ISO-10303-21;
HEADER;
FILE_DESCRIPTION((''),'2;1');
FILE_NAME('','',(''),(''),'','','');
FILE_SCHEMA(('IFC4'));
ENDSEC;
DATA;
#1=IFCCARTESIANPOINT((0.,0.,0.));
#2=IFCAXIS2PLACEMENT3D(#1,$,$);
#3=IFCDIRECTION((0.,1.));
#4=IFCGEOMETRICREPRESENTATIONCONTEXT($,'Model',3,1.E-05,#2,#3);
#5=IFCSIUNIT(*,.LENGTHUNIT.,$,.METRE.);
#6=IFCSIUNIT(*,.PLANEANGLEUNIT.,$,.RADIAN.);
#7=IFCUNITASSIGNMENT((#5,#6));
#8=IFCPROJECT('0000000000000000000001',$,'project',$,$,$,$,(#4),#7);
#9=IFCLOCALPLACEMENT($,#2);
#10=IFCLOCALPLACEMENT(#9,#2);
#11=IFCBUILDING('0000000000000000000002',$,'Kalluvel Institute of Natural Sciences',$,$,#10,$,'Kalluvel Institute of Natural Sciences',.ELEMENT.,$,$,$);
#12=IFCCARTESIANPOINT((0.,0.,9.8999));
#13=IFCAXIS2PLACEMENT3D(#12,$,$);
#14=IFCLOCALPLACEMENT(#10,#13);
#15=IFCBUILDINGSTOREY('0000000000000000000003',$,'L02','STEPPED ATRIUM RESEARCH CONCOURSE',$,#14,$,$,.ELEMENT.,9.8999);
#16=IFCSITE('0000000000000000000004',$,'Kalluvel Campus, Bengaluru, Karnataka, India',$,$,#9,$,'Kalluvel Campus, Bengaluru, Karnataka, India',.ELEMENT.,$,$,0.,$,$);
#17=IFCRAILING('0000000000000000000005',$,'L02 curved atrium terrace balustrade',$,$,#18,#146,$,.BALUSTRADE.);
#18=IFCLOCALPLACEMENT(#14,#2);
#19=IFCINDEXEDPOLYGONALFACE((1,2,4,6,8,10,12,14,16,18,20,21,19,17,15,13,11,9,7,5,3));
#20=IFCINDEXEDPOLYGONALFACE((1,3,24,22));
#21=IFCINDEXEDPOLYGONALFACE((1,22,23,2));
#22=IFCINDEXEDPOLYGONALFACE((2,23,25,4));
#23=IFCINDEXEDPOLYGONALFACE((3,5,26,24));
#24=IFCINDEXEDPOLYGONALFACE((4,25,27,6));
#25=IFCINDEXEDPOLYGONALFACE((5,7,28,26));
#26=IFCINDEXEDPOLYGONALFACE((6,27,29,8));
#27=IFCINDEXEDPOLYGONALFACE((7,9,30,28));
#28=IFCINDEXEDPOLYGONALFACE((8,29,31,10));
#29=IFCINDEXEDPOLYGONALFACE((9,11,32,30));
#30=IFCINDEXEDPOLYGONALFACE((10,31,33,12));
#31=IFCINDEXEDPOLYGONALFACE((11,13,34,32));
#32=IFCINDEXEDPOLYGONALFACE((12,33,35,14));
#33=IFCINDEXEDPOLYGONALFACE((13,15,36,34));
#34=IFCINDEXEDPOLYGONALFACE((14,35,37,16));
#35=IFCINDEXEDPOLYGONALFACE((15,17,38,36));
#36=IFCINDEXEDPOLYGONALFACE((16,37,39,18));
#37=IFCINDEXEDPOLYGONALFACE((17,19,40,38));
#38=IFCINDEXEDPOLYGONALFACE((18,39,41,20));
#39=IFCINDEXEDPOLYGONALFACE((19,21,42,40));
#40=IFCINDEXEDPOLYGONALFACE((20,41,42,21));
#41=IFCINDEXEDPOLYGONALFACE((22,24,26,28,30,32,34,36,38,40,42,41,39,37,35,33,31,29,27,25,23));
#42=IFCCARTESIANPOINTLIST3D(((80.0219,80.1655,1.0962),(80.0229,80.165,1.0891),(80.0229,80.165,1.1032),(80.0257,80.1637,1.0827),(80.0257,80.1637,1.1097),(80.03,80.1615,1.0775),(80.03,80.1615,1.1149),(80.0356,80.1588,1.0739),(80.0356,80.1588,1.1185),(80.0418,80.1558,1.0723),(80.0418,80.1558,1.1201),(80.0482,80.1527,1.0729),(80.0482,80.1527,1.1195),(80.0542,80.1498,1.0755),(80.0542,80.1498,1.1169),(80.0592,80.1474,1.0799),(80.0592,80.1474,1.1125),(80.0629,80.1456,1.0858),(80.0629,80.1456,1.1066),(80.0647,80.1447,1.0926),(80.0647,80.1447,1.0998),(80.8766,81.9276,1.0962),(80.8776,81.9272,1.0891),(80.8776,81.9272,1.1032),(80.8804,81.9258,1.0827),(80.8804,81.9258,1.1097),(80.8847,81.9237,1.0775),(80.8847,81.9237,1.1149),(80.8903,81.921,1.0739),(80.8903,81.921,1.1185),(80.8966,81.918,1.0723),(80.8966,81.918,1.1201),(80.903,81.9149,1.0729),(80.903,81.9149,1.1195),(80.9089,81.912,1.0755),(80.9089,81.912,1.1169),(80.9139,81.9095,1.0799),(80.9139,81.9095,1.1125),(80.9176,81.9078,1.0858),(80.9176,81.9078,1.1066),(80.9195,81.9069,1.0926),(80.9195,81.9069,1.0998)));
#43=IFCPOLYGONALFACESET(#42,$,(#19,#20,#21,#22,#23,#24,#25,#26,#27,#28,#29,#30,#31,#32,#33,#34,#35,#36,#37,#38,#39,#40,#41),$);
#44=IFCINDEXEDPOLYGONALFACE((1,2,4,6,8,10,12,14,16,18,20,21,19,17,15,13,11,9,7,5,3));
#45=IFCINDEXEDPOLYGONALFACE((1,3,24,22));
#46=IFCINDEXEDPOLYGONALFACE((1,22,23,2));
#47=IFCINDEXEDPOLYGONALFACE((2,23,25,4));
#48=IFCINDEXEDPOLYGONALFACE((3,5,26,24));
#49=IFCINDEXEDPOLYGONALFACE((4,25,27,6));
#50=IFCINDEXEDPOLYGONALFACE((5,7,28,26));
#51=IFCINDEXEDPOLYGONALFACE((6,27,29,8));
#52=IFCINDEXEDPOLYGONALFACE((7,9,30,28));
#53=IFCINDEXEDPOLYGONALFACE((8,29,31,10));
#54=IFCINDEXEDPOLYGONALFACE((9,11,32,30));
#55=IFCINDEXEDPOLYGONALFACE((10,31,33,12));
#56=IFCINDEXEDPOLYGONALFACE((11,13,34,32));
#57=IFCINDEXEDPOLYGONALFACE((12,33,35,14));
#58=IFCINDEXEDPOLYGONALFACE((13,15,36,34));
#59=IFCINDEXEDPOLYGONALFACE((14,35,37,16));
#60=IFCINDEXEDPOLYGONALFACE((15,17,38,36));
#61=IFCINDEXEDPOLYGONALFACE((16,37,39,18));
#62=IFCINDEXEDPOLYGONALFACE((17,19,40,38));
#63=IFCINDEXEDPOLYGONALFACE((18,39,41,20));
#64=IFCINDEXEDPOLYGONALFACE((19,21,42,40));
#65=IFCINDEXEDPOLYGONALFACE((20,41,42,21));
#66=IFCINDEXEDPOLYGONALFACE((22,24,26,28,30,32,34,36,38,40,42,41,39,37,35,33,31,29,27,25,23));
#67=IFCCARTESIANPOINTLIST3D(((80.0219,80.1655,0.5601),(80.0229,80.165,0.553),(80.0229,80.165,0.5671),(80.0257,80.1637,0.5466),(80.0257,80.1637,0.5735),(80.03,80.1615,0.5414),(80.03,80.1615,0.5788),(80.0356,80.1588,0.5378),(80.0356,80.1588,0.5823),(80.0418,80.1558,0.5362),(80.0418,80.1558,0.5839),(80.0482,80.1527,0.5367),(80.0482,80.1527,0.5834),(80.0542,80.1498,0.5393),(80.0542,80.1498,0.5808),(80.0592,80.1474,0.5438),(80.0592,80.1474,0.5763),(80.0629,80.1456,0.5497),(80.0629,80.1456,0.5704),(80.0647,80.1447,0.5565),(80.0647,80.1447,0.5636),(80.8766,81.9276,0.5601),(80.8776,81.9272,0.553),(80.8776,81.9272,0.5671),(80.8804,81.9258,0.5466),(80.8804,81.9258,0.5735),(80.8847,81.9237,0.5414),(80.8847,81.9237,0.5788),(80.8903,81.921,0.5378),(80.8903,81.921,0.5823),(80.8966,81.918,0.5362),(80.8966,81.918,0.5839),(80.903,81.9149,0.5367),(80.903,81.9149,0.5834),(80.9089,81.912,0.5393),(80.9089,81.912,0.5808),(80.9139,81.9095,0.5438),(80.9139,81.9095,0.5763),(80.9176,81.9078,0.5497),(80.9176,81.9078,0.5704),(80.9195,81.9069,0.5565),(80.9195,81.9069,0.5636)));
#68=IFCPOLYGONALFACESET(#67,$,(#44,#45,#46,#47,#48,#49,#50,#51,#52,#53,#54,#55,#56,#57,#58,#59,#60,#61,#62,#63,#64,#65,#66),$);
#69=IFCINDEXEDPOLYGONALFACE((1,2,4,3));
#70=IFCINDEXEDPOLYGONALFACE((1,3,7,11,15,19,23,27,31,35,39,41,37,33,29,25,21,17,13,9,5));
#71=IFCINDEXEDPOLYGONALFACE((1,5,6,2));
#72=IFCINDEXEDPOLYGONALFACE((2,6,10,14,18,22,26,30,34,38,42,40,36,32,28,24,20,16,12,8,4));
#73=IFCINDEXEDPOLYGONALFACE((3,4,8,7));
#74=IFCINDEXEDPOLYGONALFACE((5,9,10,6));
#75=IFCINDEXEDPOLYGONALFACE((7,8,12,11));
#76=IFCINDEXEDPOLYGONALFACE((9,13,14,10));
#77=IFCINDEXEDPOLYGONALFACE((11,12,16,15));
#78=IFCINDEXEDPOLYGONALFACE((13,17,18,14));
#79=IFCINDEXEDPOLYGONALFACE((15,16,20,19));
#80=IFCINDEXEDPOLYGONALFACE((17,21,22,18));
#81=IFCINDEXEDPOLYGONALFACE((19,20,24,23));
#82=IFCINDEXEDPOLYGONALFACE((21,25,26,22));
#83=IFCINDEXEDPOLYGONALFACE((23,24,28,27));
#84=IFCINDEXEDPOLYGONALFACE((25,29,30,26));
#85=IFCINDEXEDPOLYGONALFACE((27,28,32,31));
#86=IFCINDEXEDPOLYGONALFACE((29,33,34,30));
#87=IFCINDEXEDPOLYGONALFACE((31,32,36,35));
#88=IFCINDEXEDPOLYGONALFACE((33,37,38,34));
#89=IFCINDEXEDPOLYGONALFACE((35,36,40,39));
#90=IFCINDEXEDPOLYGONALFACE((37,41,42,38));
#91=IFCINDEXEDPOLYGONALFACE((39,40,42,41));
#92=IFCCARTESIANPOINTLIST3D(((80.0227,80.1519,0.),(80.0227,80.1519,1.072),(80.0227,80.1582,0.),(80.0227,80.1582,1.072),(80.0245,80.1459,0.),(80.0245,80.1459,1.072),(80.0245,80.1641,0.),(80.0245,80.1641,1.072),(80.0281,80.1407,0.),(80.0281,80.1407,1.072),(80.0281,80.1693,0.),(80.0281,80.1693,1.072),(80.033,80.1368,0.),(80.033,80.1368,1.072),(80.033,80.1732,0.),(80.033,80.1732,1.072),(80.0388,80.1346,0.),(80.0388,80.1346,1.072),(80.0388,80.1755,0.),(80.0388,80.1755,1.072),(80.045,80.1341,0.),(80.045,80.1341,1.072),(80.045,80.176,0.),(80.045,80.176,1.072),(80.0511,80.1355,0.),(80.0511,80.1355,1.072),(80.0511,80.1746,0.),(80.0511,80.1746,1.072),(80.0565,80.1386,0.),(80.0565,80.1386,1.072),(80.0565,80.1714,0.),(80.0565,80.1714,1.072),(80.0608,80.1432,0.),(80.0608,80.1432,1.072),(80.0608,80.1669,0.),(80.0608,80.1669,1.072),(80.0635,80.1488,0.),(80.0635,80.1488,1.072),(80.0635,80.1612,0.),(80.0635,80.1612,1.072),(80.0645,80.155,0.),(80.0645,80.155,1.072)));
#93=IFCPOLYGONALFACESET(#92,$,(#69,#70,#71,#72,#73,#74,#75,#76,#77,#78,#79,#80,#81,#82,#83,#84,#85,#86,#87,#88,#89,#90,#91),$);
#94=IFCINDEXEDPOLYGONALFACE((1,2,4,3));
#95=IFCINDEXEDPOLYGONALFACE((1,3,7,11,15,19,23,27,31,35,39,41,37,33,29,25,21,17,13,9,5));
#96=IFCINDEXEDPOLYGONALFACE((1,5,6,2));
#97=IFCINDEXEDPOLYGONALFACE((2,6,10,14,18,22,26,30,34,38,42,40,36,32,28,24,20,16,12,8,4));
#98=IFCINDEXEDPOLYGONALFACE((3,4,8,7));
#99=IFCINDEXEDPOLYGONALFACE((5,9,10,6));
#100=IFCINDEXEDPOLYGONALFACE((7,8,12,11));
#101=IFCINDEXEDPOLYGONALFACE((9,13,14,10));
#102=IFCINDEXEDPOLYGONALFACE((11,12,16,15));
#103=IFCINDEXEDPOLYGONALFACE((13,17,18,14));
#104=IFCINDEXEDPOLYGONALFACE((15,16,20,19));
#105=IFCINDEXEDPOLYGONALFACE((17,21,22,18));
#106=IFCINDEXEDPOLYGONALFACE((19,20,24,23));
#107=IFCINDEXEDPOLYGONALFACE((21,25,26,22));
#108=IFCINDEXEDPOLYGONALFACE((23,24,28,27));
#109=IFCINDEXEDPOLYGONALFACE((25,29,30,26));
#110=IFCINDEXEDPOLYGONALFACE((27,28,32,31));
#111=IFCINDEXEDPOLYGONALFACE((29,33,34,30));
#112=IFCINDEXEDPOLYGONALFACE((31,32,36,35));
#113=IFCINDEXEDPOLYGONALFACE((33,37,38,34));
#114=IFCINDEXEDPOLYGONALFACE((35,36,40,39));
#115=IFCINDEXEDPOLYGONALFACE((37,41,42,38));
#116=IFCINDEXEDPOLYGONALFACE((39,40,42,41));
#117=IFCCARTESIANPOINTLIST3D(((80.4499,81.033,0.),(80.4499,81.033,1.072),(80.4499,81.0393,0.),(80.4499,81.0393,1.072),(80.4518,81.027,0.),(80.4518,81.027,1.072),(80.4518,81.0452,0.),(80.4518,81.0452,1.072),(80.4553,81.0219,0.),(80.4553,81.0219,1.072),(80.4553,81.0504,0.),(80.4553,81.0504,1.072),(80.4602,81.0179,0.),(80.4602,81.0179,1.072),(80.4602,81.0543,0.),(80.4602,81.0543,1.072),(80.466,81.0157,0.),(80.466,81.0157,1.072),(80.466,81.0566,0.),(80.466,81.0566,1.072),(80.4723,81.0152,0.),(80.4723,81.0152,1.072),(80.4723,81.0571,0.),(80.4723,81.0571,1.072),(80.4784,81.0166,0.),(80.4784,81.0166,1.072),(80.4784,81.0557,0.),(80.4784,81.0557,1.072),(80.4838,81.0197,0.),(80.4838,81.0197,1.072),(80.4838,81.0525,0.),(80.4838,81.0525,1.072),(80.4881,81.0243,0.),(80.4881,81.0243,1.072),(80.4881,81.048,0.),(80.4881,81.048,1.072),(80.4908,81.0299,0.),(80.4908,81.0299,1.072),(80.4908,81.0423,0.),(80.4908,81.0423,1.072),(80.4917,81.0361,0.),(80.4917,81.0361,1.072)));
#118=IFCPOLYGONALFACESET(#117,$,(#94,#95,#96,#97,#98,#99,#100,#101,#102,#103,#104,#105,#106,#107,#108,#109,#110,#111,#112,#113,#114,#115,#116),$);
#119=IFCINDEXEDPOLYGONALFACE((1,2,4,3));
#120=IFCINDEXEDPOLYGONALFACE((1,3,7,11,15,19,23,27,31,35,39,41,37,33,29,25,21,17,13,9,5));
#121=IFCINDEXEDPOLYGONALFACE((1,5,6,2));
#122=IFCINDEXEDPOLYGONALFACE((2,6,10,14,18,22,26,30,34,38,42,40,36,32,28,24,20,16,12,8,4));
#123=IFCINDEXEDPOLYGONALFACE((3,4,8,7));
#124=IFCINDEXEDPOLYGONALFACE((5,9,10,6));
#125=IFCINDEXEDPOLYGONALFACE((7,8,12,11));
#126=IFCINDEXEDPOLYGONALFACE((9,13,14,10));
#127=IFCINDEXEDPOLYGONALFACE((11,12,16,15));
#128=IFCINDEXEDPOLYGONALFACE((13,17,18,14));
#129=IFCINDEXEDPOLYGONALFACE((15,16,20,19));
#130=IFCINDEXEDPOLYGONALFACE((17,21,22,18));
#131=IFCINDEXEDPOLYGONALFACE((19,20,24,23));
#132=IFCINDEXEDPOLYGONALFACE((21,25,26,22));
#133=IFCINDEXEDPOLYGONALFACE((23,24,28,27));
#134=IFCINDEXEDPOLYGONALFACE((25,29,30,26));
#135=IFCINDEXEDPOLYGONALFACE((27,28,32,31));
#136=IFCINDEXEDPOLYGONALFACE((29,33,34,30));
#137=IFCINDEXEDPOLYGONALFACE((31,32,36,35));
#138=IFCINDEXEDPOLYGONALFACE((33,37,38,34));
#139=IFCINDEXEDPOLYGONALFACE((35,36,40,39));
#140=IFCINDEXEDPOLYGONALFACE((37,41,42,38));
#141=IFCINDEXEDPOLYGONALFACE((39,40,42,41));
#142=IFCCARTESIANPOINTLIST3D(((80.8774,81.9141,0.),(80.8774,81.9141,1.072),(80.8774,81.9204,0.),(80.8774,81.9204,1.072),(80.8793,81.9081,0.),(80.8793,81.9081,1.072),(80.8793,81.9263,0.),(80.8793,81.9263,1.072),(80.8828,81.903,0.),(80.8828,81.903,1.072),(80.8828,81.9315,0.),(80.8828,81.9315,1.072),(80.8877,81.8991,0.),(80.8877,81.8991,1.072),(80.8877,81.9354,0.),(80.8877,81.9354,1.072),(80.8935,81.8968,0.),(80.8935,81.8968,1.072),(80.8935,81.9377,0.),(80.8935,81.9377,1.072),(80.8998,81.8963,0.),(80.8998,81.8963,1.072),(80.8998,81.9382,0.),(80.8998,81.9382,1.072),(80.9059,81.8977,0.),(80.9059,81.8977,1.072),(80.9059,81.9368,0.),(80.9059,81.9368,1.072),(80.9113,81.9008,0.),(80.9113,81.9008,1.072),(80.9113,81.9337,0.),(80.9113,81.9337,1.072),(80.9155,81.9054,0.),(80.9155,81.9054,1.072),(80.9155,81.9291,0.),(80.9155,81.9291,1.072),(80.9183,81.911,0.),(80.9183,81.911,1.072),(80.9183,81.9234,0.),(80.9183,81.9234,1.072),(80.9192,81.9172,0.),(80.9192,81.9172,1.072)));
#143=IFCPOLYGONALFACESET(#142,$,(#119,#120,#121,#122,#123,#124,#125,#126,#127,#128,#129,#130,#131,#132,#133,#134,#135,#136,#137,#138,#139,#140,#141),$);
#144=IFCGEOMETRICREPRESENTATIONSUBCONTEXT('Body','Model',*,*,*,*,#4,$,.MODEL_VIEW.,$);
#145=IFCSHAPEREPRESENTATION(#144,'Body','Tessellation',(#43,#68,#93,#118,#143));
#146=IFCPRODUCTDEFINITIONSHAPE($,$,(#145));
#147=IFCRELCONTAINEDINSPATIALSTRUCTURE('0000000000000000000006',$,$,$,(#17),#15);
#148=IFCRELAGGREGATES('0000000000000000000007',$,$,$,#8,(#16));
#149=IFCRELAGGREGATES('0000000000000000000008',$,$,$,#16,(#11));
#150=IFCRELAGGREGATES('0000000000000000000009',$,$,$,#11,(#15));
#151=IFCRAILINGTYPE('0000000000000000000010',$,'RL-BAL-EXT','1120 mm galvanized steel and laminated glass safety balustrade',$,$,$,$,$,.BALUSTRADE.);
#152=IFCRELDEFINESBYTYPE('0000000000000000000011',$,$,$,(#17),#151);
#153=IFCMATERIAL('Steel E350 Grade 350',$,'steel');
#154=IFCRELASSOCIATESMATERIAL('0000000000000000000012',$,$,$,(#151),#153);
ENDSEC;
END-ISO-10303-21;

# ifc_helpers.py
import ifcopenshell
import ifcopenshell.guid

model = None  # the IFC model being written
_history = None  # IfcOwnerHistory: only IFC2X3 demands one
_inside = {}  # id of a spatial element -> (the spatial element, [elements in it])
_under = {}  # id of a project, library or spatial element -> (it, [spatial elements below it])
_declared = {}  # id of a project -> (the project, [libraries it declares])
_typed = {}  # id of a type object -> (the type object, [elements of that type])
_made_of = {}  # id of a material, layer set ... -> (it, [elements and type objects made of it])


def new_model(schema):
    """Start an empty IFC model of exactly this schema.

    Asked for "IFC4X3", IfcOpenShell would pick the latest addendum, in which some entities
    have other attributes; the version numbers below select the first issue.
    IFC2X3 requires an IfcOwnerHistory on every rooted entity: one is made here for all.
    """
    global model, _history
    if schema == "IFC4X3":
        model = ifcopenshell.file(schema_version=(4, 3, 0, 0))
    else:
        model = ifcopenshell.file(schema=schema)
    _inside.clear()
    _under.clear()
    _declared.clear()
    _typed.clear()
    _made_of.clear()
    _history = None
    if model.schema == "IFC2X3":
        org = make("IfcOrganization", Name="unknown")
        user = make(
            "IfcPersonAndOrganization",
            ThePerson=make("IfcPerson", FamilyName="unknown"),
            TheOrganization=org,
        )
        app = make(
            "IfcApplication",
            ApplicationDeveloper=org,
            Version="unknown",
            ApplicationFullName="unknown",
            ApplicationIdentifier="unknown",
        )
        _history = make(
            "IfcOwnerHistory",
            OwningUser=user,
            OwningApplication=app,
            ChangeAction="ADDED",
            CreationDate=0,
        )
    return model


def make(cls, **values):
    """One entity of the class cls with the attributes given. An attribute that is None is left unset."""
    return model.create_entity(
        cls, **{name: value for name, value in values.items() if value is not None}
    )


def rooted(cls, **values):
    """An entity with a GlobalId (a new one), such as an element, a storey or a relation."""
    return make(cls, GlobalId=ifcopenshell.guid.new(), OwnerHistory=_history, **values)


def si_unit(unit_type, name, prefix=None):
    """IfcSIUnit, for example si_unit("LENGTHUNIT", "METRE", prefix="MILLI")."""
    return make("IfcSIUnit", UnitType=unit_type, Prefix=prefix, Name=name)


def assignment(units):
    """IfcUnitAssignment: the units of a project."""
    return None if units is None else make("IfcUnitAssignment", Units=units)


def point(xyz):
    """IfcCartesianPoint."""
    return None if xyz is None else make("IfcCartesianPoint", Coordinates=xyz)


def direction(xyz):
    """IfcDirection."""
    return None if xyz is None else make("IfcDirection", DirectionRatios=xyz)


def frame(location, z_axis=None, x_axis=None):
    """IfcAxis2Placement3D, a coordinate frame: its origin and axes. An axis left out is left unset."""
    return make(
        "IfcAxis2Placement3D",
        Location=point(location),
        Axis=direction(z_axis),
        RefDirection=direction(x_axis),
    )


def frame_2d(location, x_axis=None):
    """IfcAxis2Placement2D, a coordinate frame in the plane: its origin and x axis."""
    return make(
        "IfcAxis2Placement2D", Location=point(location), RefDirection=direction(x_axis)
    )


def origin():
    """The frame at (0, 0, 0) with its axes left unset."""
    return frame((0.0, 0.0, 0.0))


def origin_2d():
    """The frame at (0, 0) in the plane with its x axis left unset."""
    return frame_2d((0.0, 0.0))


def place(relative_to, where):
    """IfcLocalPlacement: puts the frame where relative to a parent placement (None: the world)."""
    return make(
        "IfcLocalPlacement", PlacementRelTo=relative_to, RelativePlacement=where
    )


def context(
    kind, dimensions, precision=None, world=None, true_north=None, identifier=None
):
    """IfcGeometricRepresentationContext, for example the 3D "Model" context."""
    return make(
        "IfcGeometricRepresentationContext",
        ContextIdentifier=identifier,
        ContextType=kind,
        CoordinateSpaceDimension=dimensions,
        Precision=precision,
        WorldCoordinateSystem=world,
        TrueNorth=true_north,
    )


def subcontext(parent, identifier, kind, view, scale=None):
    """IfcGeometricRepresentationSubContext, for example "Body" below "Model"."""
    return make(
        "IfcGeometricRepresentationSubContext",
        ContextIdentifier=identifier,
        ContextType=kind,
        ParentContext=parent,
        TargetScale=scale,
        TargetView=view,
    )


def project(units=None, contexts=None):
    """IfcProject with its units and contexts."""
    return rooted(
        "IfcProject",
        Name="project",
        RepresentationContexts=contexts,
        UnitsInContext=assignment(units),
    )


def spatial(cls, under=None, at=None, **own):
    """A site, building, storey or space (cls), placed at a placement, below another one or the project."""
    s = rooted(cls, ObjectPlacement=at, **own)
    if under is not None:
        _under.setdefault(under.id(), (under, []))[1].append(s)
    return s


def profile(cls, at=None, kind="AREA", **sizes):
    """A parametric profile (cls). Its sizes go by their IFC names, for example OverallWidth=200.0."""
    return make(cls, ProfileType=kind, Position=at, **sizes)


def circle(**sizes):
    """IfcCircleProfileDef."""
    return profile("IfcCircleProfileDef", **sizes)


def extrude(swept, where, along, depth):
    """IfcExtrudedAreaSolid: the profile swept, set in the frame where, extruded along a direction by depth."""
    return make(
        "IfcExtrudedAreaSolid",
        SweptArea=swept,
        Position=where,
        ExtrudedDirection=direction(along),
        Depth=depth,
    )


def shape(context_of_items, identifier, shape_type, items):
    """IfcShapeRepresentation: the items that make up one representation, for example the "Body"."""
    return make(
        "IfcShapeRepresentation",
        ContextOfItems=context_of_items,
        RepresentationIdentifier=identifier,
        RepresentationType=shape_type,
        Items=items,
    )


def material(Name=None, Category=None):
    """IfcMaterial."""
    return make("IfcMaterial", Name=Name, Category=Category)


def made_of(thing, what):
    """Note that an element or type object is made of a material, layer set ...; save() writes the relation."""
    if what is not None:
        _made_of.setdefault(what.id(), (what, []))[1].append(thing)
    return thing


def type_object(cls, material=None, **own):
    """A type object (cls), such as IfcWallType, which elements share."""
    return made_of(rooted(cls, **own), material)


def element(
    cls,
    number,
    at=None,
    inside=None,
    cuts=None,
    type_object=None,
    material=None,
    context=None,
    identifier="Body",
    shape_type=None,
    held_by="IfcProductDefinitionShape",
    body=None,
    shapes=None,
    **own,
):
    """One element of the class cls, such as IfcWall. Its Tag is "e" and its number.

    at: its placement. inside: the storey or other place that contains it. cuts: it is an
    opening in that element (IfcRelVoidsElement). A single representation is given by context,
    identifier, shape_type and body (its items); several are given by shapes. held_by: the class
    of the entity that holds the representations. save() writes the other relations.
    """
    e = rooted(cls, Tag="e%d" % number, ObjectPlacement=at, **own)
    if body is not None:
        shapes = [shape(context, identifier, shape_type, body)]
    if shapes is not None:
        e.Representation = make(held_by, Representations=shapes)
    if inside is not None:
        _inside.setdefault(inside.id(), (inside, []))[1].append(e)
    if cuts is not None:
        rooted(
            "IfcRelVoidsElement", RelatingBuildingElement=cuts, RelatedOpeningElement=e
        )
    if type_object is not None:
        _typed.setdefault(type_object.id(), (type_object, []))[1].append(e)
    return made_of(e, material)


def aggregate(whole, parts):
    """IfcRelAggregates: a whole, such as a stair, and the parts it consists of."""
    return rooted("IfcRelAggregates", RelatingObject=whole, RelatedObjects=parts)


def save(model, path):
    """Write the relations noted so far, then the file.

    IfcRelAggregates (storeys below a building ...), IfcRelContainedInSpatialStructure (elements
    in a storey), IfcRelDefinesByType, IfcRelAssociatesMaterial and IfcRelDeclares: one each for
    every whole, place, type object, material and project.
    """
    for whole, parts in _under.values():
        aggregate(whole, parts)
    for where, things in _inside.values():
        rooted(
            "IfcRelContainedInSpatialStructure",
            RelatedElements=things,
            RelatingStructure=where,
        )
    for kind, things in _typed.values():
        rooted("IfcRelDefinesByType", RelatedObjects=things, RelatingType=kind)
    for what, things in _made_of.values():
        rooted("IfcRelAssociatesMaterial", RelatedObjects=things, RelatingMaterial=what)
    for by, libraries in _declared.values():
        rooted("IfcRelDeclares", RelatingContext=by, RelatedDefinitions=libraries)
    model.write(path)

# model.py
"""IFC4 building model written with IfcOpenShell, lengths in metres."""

from ifc_helpers import new_model, si_unit, direction, frame, origin, origin_2d, place, context, subcontext, project, spatial, circle, extrude, material, type_object, element, save


model = new_model("IFC4")

# Units and contexts
model_context = context("Model", 3, precision=1e-05, world=origin(), true_north=direction((0.0, 1.0)))
body_context = subcontext(model_context, "Body", "Model", "MODEL_VIEW")
ifc_project = project(units=[si_unit("LENGTHUNIT", "METRE"), si_unit("PLANEANGLEUNIT", "RADIAN")], contexts=[model_context])

# Site, building, storey
site_placement = place(None, origin())
site = spatial("IfcSite", under=ifc_project, at=site_placement, Name="Kalluvel Campus, Bengaluru, Karnataka, India", LongName="Kalluvel Campus, Bengaluru, Karnataka, India", CompositionType="ELEMENT", RefElevation=0.0)
building_placement = place(site_placement, origin())
building = spatial("IfcBuilding", under=site, at=building_placement, Name="Kalluvel Institute of Natural Sciences", LongName="Kalluvel Institute of Natural Sciences", CompositionType="ELEMENT")
storey_placement = place(building_placement, frame((0.0, 0.0, 9.8999)))
storey = spatial("IfcBuildingStorey", under=building, at=storey_placement, Name="L02", Description="STEPPED ATRIUM RESEARCH CONCOURSE", CompositionType="ELEMENT", Elevation=9.8999)

# Railing
ifc_material_1 = material(Name="Steel E350 Grade 350", Category="steel")
railing_type = type_object("IfcRailingType", Name="RL-BAL-EXT", Description="1120 mm galvanized steel and laminated glass safety balustrade", PredefinedType="BALUSTRADE", material=ifc_material_1)
railing_1_placement = place(storey_placement, frame((80.0435, 80.155, 0.0)))
element("IfcRailing", 1, at=railing_1_placement, inside=storey, type_object=railing_type, Name="L02 curved atrium terrace balustrade", PredefinedType="BALUSTRADE", context=body_context, shape_type="SweptSolid", body=[
    extrude(circle(Radius=0.0239, at=origin_2d()), frame((0.0, 0.0, 1.0962), z_axis=(0.436411, 0.899747, 0.0), x_axis=(-0.899747, 0.436411, 0.0)), (0.0, 0.0, 1.0), 1.9585),
    extrude(circle(Radius=0.0239, at=origin_2d()), frame((0.0, 0.0, 0.5601), z_axis=(0.436411, 0.899747, 0.0), x_axis=(-0.899747, 0.436411, 0.0)), (0.0, 0.0, 1.0), 1.9585),
    extrude(circle(Radius=0.021, at=origin_2d()), origin(), (0.0, 0.0, 1.0), 1.072),
    extrude(circle(Radius=0.021, at=origin_2d()), frame((0.4272, 0.8811, 0.0)), (0.0, 0.0, 1.0), 1.072),
    extrude(circle(Radius=0.021, at=origin_2d()), frame((0.8547, 1.7622, 0.0)), (0.0, 0.0, 1.0), 1.072),
])

save(model, "model.ifc")
